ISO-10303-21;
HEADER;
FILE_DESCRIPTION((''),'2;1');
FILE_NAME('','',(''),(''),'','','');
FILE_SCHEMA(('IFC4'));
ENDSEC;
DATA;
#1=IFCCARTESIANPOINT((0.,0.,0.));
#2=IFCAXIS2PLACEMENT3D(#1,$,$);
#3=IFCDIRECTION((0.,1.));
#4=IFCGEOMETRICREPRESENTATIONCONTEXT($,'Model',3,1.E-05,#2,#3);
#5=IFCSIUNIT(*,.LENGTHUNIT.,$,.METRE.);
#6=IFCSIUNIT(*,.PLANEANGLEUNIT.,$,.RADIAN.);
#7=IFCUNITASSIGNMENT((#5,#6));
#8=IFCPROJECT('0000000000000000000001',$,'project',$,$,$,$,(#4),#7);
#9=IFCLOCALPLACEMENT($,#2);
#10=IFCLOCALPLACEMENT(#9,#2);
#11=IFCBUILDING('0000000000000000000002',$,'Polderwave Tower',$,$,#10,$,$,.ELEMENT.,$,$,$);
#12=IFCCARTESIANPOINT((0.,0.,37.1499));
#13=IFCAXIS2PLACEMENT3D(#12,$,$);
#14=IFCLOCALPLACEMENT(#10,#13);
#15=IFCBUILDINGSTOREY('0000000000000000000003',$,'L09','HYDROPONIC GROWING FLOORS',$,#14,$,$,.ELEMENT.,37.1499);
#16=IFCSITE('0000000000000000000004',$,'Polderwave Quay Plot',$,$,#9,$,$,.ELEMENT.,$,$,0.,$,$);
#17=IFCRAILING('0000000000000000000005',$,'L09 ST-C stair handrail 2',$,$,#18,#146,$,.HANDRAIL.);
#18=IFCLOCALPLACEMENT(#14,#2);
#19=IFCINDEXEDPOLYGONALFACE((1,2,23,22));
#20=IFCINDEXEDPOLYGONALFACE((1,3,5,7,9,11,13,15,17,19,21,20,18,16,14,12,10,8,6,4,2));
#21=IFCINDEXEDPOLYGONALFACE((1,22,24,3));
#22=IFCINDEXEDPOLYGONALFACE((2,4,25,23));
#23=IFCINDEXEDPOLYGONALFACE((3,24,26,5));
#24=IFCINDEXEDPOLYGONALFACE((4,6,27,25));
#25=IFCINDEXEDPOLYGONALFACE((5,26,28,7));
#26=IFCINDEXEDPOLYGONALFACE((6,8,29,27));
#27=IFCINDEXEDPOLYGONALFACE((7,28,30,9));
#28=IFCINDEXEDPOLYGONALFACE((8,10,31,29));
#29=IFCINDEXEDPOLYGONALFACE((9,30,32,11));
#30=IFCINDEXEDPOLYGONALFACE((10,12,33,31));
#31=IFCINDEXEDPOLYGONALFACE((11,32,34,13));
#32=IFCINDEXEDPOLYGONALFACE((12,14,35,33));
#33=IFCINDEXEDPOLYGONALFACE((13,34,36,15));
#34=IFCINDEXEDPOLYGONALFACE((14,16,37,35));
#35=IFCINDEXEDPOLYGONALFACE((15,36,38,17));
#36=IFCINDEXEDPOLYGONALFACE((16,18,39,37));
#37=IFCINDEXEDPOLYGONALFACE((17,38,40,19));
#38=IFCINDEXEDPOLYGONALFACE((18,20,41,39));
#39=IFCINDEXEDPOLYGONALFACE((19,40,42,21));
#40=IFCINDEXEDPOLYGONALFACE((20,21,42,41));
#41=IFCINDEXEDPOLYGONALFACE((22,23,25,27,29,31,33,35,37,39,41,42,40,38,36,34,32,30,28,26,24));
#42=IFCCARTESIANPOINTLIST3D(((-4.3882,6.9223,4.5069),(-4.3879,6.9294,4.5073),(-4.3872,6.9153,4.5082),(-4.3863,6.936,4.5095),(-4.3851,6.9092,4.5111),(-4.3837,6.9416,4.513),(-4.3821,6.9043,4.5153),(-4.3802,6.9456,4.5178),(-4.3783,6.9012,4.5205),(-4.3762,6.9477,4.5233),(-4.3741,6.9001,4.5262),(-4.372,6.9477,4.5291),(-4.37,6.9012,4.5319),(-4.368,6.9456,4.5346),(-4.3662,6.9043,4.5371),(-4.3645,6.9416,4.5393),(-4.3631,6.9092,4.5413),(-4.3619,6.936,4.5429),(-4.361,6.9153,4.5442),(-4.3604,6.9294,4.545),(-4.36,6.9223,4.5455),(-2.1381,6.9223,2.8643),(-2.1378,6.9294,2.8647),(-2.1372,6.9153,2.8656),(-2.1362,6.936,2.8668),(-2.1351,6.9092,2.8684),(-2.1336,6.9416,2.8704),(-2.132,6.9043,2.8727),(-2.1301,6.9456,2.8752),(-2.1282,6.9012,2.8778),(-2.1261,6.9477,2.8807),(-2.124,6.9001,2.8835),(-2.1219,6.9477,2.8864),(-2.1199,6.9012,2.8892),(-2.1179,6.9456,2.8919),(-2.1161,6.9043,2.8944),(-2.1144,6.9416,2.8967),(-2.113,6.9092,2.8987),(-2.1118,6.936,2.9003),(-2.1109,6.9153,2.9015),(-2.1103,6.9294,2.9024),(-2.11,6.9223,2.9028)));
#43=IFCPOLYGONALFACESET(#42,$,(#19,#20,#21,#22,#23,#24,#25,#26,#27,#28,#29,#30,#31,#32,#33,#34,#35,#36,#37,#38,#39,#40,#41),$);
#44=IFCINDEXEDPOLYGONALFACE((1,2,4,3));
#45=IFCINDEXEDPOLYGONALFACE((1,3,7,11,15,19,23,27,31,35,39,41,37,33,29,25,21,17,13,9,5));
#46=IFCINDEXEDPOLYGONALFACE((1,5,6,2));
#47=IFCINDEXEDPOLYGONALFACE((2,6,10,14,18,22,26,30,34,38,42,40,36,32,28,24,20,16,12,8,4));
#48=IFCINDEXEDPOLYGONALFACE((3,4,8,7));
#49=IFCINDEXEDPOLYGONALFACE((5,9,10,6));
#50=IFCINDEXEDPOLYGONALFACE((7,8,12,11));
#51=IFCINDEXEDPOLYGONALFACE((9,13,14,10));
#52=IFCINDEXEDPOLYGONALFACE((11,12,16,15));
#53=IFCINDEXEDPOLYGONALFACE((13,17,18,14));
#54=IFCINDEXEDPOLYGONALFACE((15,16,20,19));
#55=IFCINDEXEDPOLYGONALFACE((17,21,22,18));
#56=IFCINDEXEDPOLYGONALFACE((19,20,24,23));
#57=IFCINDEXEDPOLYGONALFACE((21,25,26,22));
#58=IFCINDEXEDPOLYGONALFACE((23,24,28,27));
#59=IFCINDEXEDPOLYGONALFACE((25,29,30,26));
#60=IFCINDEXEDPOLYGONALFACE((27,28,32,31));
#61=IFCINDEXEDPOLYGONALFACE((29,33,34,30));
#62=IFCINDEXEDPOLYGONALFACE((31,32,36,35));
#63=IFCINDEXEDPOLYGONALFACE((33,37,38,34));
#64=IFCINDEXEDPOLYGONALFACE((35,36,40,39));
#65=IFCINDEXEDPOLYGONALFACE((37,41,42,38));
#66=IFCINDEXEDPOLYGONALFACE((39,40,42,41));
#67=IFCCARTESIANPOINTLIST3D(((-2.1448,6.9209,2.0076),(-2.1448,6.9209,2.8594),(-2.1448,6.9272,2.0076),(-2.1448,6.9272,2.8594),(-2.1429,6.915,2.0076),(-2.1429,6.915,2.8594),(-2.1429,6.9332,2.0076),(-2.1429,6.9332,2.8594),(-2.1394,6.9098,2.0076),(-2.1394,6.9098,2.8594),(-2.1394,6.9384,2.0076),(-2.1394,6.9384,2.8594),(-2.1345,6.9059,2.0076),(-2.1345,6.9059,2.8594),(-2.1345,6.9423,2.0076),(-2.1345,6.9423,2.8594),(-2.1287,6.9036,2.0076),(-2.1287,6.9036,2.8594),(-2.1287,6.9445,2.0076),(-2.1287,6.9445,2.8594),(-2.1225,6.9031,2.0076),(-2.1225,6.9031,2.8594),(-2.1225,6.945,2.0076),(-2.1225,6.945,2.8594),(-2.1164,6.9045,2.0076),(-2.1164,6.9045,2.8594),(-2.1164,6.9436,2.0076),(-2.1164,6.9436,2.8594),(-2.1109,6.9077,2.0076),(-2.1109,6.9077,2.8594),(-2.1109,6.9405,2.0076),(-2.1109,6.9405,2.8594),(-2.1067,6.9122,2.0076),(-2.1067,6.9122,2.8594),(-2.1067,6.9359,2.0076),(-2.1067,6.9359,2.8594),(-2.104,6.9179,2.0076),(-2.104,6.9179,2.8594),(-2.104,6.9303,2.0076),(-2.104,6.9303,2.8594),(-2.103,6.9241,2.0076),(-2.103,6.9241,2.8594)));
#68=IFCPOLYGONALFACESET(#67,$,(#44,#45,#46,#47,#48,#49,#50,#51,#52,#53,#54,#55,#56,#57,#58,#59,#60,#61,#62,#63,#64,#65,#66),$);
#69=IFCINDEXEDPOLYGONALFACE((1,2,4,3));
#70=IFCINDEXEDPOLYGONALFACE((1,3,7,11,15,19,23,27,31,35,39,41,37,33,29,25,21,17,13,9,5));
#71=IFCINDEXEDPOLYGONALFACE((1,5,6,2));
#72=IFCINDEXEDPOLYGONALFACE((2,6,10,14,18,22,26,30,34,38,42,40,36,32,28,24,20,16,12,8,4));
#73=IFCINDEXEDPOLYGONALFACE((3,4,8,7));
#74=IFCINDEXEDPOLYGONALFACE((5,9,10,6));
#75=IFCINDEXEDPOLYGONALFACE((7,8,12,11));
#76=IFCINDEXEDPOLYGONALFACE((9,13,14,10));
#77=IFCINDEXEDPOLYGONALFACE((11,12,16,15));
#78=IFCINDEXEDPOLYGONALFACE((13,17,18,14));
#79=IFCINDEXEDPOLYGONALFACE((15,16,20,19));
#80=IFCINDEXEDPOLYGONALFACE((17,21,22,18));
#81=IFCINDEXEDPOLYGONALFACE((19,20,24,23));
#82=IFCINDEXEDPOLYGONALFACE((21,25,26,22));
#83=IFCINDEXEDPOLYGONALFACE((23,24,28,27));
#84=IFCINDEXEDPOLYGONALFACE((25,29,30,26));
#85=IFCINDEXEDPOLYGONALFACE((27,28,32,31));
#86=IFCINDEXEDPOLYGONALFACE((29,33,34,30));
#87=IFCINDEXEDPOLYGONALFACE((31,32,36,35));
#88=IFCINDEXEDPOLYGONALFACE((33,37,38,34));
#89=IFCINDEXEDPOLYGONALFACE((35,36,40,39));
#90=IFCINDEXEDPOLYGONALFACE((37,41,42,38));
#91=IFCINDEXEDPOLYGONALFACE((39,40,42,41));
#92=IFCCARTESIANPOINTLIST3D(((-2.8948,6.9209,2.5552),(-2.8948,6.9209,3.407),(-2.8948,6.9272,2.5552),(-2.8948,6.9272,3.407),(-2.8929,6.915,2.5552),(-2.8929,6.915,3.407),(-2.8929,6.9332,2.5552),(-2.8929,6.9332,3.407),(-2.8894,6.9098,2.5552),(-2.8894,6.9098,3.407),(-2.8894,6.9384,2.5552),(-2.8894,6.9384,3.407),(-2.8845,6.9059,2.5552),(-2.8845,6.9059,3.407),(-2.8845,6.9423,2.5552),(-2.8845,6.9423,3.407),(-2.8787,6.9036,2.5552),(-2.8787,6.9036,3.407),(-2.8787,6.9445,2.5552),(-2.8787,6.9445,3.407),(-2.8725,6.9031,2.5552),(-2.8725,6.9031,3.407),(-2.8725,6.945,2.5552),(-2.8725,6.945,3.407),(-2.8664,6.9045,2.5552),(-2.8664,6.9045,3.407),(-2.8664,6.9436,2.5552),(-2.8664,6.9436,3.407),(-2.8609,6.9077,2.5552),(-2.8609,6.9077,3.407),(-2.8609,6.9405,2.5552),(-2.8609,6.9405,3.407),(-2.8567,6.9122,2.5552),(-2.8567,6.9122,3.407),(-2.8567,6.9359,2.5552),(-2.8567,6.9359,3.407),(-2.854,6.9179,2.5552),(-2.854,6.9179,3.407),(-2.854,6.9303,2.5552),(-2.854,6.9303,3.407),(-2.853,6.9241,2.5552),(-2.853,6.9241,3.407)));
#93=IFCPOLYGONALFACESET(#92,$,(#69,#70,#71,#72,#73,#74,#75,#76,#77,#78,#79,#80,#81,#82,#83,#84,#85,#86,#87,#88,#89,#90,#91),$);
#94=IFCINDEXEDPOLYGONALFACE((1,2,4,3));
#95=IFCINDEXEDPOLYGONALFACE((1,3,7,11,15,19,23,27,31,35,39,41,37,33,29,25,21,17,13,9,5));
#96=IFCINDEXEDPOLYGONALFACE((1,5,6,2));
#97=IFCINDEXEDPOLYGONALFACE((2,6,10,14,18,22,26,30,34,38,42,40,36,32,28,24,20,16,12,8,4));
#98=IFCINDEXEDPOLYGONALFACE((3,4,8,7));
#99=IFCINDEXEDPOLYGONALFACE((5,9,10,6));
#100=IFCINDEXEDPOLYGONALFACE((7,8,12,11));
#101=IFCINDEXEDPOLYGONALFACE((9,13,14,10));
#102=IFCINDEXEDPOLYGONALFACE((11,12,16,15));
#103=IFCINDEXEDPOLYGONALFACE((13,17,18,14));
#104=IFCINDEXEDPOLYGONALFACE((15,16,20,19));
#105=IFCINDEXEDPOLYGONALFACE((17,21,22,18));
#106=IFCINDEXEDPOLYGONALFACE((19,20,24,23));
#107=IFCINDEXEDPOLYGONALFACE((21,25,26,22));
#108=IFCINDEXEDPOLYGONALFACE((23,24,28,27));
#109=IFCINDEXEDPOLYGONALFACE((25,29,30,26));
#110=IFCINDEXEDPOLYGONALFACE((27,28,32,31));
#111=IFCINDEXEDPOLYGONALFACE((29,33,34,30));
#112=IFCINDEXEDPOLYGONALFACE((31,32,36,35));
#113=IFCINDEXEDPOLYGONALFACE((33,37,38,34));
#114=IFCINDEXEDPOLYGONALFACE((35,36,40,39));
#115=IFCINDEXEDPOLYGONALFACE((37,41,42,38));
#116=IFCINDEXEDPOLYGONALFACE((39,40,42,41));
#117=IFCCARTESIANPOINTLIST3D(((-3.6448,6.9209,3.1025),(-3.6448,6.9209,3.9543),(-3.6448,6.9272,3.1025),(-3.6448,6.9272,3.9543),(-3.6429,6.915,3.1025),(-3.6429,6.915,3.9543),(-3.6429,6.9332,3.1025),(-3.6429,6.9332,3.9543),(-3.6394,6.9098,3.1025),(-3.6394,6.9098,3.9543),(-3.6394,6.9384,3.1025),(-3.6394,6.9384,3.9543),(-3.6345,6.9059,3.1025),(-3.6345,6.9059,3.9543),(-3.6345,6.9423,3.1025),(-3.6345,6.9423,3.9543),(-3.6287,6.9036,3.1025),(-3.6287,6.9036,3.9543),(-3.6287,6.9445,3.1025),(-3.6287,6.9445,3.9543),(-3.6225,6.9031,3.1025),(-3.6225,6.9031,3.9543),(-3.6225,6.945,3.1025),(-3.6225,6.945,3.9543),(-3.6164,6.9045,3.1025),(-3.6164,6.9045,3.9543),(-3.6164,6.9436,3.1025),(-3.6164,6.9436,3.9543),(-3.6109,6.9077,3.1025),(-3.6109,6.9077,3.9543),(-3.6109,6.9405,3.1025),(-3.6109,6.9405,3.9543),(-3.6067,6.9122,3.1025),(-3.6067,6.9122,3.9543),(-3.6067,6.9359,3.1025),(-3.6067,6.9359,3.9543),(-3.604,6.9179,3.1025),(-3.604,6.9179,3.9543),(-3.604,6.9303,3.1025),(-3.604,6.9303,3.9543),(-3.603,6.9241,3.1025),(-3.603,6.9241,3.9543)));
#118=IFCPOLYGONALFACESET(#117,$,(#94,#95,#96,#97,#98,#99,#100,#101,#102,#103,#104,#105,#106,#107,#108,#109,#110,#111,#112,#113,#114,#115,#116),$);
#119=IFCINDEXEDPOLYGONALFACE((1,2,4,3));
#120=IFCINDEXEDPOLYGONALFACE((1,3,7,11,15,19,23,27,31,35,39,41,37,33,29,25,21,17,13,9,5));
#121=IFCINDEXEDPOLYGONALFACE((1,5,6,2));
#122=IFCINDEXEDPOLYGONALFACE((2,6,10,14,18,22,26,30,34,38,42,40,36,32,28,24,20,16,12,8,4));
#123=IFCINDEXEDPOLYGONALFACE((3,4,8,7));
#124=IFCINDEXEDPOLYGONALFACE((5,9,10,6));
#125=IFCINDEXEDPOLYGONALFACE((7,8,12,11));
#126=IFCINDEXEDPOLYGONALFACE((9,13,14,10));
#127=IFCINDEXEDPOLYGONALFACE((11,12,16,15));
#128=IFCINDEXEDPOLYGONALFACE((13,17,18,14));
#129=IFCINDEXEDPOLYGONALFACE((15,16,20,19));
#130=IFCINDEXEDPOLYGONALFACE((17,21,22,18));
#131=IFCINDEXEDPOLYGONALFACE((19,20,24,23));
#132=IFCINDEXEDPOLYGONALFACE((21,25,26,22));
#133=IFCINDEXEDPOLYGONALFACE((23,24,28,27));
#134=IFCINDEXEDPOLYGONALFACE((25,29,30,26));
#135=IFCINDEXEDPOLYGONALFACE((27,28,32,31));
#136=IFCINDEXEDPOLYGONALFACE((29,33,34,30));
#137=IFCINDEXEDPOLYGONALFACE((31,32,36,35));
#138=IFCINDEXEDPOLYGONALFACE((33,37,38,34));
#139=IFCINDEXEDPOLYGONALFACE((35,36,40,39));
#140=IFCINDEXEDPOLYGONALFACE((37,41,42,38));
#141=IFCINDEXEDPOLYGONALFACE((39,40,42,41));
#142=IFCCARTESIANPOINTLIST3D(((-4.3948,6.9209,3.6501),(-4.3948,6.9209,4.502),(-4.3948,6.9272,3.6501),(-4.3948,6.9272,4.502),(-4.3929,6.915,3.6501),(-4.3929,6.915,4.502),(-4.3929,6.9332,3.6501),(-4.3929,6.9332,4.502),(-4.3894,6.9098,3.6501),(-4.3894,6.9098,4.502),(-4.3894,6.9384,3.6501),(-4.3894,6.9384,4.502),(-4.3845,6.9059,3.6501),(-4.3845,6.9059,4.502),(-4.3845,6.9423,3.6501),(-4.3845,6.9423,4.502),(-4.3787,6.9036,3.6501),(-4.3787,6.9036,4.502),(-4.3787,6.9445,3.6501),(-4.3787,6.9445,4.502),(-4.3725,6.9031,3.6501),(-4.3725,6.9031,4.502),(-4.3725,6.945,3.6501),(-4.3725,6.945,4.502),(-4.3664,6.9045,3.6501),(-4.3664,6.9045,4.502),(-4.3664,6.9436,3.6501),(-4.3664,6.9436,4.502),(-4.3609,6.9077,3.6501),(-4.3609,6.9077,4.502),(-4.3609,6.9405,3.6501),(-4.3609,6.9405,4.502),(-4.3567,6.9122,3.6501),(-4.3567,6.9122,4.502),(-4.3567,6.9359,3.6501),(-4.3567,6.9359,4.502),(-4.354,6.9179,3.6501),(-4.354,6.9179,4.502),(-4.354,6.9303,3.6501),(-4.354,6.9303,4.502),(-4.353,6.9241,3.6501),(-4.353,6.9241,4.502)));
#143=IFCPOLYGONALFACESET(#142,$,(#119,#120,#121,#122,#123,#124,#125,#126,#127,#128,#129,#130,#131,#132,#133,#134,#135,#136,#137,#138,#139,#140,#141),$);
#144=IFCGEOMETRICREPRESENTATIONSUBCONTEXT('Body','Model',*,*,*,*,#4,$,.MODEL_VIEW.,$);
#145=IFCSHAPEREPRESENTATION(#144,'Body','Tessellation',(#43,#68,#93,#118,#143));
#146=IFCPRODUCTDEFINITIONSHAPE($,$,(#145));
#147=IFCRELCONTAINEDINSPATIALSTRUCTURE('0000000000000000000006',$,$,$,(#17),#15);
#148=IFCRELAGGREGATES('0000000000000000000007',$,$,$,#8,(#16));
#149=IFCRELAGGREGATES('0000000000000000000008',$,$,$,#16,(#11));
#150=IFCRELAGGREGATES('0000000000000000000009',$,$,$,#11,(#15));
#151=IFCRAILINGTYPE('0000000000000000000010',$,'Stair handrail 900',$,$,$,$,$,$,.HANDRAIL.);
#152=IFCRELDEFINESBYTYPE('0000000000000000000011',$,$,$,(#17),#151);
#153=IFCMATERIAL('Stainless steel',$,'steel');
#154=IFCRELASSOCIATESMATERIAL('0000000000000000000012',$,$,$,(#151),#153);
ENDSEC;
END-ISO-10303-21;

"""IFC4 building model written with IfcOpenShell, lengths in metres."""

from ifc_helpers import new_model, si_unit, direction, frame, origin, origin_2d, place, context, subcontext, project, spatial, circle, extrude, material, type_object, element, save


model = new_model("IFC4")

# Units and contexts
model_context = context("Model", 3, precision=1e-05, world=origin(), true_north=direction((0.0, 1.0)))
body_context = subcontext(model_context, "Body", "Model", "MODEL_VIEW")
ifc_project = project(units=[si_unit("LENGTHUNIT", "METRE"), si_unit("PLANEANGLEUNIT", "RADIAN")], contexts=[model_context])

# Site, building, storey
site_placement = place(None, origin())
site = spatial("IfcSite", under=ifc_project, at=site_placement, Name="Polderwave Quay Plot", CompositionType="ELEMENT", RefElevation=0.0)
building_placement = place(site_placement, origin())
building = spatial("IfcBuilding", under=site, at=building_placement, Name="Polderwave Tower", CompositionType="ELEMENT")
storey_placement = place(building_placement, frame((0.0, 0.0, 37.1499)))
storey = spatial("IfcBuildingStorey", under=building, at=storey_placement, Name="L09", Description="HYDROPONIC GROWING FLOORS", CompositionType="ELEMENT", Elevation=37.1499)

# Railing
ifc_material_1 = material(Name="Stainless steel", Category="steel")
railing_type_1 = type_object("IfcRailingType", Name="Stair handrail 900", PredefinedType="HANDRAIL", material=ifc_material_1)
railing_1_placement = place(storey_placement, frame((-2.124, 6.9241, 2.0076)))
element("IfcRailing", 1, at=railing_1_placement, inside=storey, type_object=railing_type_1, Name="L09 ST-C stair handrail 2", PredefinedType="HANDRAIL", context=body_context, shape_type="SweptSolid", body=[
    extrude(circle(Radius=0.0239, at=origin_2d()), frame((0.0, 0.0, 0.876), z_axis=(-0.807674, 0.0, 0.58963), x_axis=(0.0, -1.0, 0.0)), (0.0, 0.0, 1.0), 2.7859),
    extrude(circle(Radius=0.021, at=origin_2d()), origin(), (0.0, 0.0, 1.0), 0.8518),
    extrude(circle(Radius=0.021, at=origin_2d()), frame((-0.75, 0.0, 0.5476)), (0.0, 0.0, 1.0), 0.8518),
    extrude(circle(Radius=0.021, at=origin_2d()), frame((-1.5, 0.0, 1.095)), (0.0, 0.0, 1.0), 0.8518),
    extrude(circle(Radius=0.021, at=origin_2d()), frame((-2.25, 0.0, 1.6426)), (0.0, 0.0, 1.0), 0.8518),
])

save(model, "model.ifc")
